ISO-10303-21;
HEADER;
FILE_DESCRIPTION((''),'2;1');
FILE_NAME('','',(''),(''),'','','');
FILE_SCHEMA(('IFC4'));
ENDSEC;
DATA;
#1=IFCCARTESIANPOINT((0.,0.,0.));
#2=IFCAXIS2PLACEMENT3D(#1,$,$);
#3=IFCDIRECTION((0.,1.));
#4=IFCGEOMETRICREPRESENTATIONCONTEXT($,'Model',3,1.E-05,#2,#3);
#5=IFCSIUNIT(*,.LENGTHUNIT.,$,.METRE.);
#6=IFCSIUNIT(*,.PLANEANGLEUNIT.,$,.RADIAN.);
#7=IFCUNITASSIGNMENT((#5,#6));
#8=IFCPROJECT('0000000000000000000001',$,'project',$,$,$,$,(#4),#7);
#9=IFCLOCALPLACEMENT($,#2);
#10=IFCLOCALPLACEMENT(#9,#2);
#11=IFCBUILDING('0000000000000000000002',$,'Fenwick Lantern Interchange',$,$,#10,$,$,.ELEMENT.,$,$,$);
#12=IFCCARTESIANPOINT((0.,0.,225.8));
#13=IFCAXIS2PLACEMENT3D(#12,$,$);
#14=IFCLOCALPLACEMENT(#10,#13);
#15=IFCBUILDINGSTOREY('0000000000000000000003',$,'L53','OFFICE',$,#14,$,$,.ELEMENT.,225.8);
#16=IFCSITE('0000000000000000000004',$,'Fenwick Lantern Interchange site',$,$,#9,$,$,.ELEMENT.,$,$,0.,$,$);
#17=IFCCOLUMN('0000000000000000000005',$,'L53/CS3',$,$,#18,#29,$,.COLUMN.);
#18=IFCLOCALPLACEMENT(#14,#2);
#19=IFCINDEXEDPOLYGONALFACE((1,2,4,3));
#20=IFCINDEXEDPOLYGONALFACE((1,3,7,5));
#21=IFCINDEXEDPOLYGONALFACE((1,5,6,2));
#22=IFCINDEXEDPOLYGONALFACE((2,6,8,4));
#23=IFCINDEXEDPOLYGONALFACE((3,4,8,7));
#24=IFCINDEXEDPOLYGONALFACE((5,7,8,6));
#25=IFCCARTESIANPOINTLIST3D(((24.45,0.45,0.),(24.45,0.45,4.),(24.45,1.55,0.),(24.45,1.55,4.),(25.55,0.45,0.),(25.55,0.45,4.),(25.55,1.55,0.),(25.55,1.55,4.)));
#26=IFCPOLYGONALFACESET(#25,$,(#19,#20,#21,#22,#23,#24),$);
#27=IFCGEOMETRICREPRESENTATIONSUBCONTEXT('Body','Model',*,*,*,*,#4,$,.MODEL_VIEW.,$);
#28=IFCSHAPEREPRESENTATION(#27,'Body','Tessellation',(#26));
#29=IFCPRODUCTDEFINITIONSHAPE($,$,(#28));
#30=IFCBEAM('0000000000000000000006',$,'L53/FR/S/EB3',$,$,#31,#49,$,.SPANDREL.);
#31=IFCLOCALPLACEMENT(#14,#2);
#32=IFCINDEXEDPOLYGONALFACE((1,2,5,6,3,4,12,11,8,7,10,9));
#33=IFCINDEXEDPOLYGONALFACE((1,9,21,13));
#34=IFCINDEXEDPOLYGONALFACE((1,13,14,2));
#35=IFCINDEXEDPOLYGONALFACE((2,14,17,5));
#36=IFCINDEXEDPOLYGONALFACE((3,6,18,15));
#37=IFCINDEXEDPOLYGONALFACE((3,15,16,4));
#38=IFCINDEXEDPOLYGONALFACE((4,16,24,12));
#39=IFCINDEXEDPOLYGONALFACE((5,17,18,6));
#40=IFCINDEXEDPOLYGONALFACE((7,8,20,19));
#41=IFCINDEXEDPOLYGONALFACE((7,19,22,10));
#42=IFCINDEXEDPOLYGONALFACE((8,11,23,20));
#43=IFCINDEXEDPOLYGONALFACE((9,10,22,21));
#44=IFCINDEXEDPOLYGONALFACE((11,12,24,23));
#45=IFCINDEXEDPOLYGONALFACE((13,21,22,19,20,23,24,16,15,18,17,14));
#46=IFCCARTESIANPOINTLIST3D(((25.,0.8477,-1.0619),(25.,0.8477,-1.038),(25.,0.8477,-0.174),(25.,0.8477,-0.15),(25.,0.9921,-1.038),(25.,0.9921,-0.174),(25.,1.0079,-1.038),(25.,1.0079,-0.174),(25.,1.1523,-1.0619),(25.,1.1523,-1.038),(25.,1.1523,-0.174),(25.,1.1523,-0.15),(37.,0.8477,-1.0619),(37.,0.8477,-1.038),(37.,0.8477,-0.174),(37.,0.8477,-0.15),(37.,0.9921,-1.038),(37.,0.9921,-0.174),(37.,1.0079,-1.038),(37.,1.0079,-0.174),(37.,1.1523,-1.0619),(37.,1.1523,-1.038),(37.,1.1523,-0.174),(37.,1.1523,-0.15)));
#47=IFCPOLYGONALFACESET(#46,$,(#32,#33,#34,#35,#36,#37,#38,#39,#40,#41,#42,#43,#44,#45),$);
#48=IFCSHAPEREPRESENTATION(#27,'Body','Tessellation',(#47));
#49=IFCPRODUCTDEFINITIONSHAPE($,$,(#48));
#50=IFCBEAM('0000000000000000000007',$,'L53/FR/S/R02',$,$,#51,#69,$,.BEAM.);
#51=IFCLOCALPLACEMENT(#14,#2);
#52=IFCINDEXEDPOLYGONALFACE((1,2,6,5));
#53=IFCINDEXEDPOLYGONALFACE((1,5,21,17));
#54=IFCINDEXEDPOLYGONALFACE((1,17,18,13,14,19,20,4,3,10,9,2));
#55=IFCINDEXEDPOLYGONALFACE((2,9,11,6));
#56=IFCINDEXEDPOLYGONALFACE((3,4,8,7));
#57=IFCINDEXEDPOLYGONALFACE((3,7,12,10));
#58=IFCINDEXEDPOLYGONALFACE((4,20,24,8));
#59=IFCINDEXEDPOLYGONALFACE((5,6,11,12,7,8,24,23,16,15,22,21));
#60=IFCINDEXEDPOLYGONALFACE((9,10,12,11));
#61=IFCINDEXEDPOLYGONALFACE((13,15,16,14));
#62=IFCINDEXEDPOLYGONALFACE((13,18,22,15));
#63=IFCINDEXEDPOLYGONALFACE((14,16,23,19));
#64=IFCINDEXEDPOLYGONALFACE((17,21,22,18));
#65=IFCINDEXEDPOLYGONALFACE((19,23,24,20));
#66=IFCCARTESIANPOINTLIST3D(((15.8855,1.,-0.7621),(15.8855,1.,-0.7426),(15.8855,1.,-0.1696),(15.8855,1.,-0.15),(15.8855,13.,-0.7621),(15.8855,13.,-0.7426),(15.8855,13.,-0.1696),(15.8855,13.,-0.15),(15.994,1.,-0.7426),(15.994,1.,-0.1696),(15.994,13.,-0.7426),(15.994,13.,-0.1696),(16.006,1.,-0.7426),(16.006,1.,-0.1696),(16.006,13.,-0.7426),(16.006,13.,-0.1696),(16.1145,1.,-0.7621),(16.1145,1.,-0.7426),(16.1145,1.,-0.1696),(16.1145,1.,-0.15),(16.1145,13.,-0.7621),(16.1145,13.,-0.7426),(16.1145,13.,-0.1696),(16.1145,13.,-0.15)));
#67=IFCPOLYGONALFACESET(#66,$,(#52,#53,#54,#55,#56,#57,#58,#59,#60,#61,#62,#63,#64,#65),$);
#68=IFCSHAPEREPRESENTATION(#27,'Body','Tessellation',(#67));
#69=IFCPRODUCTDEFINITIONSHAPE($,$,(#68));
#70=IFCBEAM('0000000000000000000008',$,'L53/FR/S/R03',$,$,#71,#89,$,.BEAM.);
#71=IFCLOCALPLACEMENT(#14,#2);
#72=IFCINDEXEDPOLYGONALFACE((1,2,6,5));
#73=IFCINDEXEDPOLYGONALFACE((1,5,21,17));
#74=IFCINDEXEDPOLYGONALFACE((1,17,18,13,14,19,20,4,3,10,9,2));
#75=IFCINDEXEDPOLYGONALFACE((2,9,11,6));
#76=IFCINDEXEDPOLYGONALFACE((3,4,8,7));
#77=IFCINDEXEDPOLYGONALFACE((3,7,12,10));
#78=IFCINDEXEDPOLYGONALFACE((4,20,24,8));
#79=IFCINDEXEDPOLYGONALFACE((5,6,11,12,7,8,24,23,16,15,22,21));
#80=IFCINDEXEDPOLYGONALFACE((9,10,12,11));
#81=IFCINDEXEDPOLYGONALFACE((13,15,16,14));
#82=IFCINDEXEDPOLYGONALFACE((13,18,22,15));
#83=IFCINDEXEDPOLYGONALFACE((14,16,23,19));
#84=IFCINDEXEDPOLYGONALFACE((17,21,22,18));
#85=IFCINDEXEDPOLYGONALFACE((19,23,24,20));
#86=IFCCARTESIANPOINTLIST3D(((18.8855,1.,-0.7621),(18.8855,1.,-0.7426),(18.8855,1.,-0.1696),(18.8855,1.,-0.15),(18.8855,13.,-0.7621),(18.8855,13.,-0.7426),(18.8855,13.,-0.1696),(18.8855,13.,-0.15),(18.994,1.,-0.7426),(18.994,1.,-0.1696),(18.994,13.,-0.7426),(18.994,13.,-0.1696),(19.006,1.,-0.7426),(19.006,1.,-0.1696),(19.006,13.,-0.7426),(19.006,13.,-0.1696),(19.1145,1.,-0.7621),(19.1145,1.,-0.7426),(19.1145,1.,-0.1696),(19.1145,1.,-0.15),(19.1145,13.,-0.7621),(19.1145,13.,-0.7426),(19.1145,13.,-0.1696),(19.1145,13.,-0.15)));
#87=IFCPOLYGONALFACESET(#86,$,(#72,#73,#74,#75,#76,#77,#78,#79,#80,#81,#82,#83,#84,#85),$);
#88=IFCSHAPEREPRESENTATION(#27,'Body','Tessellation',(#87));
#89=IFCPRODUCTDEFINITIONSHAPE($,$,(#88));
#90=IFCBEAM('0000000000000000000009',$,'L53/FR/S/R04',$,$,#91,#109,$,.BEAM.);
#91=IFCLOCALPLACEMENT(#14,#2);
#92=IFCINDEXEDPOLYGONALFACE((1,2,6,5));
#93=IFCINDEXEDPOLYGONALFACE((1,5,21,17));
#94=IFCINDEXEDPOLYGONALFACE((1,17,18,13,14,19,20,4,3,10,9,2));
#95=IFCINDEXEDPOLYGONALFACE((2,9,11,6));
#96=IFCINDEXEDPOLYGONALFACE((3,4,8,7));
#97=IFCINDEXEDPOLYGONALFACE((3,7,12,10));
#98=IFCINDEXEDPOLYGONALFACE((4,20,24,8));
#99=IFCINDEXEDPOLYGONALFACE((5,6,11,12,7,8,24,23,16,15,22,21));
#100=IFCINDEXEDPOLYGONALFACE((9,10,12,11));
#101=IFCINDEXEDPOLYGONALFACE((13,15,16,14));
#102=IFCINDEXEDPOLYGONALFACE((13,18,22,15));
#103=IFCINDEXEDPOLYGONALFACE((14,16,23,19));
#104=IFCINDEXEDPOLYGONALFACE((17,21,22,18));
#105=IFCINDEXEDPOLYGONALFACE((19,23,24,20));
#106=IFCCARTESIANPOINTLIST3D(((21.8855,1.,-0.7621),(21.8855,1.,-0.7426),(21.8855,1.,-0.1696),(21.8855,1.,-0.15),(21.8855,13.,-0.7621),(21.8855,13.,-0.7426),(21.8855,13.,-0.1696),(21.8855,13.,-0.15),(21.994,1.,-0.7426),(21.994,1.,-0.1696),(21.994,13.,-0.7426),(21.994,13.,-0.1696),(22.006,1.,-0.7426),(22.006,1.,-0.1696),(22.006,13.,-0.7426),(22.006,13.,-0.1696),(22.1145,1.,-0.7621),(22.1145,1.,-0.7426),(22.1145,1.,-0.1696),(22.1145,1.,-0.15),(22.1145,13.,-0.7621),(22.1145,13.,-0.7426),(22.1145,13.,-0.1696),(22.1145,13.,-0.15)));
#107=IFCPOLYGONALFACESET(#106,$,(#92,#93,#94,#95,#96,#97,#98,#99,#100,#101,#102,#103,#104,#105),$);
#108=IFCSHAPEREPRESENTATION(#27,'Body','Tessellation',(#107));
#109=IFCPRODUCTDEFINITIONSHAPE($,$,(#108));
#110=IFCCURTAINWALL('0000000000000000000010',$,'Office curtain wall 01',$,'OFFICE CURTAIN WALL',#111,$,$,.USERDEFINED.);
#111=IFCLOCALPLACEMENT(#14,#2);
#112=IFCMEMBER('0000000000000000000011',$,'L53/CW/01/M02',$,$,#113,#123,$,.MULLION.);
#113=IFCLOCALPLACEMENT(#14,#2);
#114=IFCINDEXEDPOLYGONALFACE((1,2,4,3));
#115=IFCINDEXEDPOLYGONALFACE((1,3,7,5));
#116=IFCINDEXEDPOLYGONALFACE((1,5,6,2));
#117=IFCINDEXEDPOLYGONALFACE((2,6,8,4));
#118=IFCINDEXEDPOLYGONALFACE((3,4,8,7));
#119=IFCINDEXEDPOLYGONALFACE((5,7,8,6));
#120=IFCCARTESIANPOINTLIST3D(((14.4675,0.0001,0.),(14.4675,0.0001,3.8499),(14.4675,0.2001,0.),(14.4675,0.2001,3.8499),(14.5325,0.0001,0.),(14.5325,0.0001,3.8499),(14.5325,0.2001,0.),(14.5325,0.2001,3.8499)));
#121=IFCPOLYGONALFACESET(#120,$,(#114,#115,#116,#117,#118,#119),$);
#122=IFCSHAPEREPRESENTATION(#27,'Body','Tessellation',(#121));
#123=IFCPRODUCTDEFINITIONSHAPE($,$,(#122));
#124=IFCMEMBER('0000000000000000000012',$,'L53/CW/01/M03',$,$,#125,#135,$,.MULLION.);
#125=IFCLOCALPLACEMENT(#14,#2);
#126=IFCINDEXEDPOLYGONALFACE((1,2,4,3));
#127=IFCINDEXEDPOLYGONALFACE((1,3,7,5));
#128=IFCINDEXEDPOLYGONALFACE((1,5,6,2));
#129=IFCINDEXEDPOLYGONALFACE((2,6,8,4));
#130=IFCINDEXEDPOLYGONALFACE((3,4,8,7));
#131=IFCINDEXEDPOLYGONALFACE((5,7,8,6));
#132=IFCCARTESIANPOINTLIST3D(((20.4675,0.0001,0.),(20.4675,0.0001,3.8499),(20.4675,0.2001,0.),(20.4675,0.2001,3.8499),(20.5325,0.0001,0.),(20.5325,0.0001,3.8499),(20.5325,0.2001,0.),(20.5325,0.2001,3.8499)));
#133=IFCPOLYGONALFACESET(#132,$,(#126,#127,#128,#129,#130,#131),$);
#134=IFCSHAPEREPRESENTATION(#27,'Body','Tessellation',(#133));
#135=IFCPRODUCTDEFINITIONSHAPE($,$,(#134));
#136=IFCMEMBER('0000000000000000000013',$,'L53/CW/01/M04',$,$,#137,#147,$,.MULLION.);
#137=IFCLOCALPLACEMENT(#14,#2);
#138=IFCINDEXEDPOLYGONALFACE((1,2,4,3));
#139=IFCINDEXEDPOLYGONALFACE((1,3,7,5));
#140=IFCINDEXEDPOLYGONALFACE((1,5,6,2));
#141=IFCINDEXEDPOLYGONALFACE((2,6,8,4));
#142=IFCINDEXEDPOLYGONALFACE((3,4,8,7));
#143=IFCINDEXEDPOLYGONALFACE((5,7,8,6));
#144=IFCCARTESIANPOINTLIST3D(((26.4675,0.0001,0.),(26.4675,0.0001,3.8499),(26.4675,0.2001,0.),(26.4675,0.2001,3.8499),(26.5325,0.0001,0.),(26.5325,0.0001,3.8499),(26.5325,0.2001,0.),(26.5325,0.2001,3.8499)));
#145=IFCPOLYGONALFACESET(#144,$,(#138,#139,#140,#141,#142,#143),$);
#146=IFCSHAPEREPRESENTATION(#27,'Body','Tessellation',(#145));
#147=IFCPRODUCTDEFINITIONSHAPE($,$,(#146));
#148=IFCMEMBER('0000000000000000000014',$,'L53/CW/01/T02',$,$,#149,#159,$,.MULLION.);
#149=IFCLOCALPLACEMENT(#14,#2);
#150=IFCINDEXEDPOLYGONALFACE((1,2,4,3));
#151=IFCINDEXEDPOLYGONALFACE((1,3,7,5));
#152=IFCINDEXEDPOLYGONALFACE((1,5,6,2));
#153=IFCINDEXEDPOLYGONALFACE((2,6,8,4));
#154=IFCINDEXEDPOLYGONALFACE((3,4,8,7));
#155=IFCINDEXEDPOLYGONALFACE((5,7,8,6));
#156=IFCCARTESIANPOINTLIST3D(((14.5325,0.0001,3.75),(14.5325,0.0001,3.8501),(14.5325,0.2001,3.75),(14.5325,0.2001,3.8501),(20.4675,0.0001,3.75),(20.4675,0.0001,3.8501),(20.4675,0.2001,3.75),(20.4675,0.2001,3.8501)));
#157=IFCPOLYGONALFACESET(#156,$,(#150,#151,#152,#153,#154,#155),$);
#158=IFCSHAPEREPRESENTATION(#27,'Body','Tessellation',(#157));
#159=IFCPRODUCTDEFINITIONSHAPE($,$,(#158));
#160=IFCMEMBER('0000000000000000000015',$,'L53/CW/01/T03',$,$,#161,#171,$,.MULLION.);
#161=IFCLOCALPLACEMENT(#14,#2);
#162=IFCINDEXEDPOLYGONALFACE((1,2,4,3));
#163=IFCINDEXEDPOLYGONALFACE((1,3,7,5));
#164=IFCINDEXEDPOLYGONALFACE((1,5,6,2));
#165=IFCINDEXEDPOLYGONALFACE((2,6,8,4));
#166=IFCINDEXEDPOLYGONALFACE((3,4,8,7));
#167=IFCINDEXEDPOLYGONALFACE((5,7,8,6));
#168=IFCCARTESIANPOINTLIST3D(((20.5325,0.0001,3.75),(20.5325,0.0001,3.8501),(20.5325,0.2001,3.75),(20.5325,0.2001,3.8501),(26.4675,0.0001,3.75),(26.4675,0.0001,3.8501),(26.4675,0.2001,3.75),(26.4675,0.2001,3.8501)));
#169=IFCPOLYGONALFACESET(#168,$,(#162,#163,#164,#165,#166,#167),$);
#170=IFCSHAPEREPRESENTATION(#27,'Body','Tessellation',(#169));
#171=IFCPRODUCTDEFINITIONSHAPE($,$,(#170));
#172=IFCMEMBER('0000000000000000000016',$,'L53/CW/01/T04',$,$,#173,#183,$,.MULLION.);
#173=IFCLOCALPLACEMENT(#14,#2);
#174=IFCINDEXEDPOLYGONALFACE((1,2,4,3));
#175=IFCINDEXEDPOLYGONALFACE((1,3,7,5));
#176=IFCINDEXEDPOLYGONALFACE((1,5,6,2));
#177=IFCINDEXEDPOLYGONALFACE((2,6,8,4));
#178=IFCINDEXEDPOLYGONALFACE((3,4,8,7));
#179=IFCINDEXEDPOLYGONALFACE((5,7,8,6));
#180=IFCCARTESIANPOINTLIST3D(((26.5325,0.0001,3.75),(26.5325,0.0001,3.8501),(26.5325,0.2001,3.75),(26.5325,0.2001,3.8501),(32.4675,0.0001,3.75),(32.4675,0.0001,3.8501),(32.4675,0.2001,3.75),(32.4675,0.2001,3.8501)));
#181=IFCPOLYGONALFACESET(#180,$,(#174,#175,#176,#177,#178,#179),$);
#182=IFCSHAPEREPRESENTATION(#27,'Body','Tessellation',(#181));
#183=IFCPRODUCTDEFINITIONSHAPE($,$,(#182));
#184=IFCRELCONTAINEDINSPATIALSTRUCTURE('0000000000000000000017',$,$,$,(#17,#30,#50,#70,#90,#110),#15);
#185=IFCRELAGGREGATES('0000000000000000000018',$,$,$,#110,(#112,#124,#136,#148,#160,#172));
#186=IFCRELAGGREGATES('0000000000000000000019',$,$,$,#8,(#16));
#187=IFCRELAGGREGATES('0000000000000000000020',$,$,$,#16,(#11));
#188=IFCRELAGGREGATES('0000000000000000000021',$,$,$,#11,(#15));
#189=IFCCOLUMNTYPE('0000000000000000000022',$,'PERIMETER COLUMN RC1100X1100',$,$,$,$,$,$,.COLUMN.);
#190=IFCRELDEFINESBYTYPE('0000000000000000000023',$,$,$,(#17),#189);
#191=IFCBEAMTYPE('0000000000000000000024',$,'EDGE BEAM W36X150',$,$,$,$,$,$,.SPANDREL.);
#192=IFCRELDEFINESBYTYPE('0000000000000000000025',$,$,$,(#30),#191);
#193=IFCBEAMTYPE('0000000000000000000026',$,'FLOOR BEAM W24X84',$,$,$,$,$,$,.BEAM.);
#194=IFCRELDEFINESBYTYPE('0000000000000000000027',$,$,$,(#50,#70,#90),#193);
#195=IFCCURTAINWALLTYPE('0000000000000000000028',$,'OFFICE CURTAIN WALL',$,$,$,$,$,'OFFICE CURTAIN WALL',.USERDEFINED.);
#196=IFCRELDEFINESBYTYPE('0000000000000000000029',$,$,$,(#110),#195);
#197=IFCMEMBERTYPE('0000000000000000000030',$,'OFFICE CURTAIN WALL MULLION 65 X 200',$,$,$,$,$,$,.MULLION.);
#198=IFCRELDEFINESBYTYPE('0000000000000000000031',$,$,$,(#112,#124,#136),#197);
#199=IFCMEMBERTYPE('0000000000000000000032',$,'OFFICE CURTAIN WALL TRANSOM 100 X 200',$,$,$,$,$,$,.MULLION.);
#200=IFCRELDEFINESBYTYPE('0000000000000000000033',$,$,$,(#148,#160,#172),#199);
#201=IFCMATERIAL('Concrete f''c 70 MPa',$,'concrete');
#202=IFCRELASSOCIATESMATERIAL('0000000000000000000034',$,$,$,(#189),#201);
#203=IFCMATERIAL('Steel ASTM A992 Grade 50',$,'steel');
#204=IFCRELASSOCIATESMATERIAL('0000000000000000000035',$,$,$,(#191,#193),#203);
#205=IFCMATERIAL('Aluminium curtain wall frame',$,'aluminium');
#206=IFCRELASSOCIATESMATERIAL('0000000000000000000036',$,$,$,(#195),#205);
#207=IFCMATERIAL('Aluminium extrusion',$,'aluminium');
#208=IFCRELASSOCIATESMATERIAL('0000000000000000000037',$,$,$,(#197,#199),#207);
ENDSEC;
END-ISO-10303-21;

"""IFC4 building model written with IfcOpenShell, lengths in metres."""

from ifc_helpers import new_model, si_unit, direction, frame, origin, origin_2d, place, context, subcontext, project, spatial, rectangle, i_section, extrude, material, material_profile, profile_set, type_object, element, aggregate, save


model = new_model("IFC4")

# Units and contexts
model_context = context("Model", 3, precision=1e-05, world=origin(), true_north=direction((0.0, 1.0)))
body_context = subcontext(model_context, "Body", "Model", "MODEL_VIEW")
ifc_project = project(units=[si_unit("LENGTHUNIT", "METRE"), si_unit("PLANEANGLEUNIT", "RADIAN")], contexts=[model_context])

# Site, building, storey
site_placement = place(None, origin())
site = spatial("IfcSite", under=ifc_project, at=site_placement, Name="Fenwick Lantern Interchange site", CompositionType="ELEMENT", RefElevation=0.0)
building_placement = place(site_placement, origin())
building = spatial("IfcBuilding", under=site, at=building_placement, Name="Fenwick Lantern Interchange", CompositionType="ELEMENT")
storey_placement = place(building_placement, frame((0.0, 0.0, 225.8)))
storey = spatial("IfcBuildingStorey", under=building, at=storey_placement, Name="L53", Description="OFFICE", CompositionType="ELEMENT", Elevation=225.8)

# Column
ifc_material_1 = material(Name="Concrete f'c 70 MPa", Category="concrete")
ifc_material_profile_1 = material_profile(ifc_material_1, rectangle(XDim=1.1001, YDim=1.1001, at=origin_2d()), Name="RC1100X1100")
ifc_profile_set_1 = profile_set([ifc_material_profile_1], Name="Concrete f'c 70 MPa")
column_type = type_object("IfcColumnType", Name="PERIMETER COLUMN RC1100X1100", PredefinedType="COLUMN", material=ifc_profile_set_1)
column_placement = place(storey_placement, frame((25.0, 1.0, 0.0), z_axis=(0.0, 0.0, 1.0), x_axis=(1.0, 0.0, 0.0)))
element("IfcColumn", 1, at=column_placement, inside=storey, type_object=column_type, Name="L53/CS3", PredefinedType="COLUMN", context=body_context, shape_type="SweptSolid", body=[
    extrude(rectangle(XDim=1.1001, YDim=1.1001, at=origin_2d()), origin(), (0.0, 0.0, 1.0), 4.0),
])

# Beams
ifc_material_2 = material(Name="Steel ASTM A992 Grade 50", Category="steel")
ifc_material_profile_2 = material_profile(ifc_material_2, i_section(OverallWidth=0.3047, OverallDepth=0.9119, WebThickness=0.0159, FlangeThickness=0.0239, at=origin_2d()), Name="W36X150")
ifc_profile_set_2 = profile_set([ifc_material_profile_2], Name="Steel ASTM A992 Grade 50")
beam_type_1 = type_object("IfcBeamType", Name="EDGE BEAM W36X150", PredefinedType="SPANDREL", material=ifc_profile_set_2)
beam_placement = place(storey_placement, frame((25.0, 1.0, -0.606), z_axis=(1.0, 0.0, 0.0), x_axis=(0.0, 1.0, 0.0)))
element("IfcBeam", 2, at=beam_placement, inside=storey, type_object=beam_type_1, Name="L53/FR/S/EB3", PredefinedType="SPANDREL", context=body_context, shape_type="SweptSolid", body=[
    extrude(i_section(OverallWidth=0.3047, OverallDepth=0.9119, WebThickness=0.0159, FlangeThickness=0.0239, at=origin_2d()), origin(), (0.0, 0.0, 1.0), 12.0),
])
ifc_material_profile_3 = material_profile(ifc_material_2, i_section(OverallWidth=0.229, OverallDepth=0.6121, WebThickness=0.012, FlangeThickness=0.0195, at=origin_2d()), Name="W24X84")
ifc_profile_set_3 = profile_set([ifc_material_profile_3], Name="Steel ASTM A992 Grade 50")
beam_type_2 = type_object("IfcBeamType", Name="FLOOR BEAM W24X84", PredefinedType="BEAM", material=ifc_profile_set_3)
for number, where, z_axis, x_axis, name in (
    (3, (16.0, 1.0, -0.4561), (0.0, 1.0, 0.0), (-1.0, 0.0, 0.0), "L53/FR/S/R02"),
    (4, (19.0, 1.0, -0.4561), (0.0, 1.0, 0.0), (-1.0, 0.0, 0.0), "L53/FR/S/R03"),
    (5, (22.0, 1.0, -0.4561), (0.0, 1.0, 0.0), (-1.0, 0.0, 0.0), "L53/FR/S/R04"),
):
    element("IfcBeam", number, at=place(storey_placement, frame(where, z_axis=z_axis, x_axis=x_axis)), inside=storey, type_object=beam_type_2, Name=name, PredefinedType="BEAM", context=body_context, shape_type="SweptSolid", body=[
        extrude(i_section(OverallWidth=0.229, OverallDepth=0.6121, WebThickness=0.012, FlangeThickness=0.0195, at=origin_2d()), origin(), (0.0, 0.0, 1.0), 12.0),
    ])

# Curtain wall, members
ifc_material_3 = material(Name="Aluminium curtain wall frame", Category="aluminium")
curtain_wall_type = type_object("IfcCurtainWallType", Name="OFFICE CURTAIN WALL", ElementType="OFFICE CURTAIN WALL", PredefinedType="USERDEFINED", material=ifc_material_3)
curtain_wall_placement = place(storey_placement, origin())
curtain_wall = element("IfcCurtainWall", 6, at=curtain_wall_placement, inside=storey, type_object=curtain_wall_type, Name="Office curtain wall 01", ObjectType="OFFICE CURTAIN WALL", PredefinedType="USERDEFINED")
ifc_material_4 = material(Name="Aluminium extrusion", Category="aluminium")
ifc_material_profile_4 = material_profile(ifc_material_4, rectangle(XDim=0.2, YDim=0.0649, at=origin_2d()), Name="OFFICE CURTAIN WALL MULLION 65 X 200")
ifc_profile_set_4 = profile_set([ifc_material_profile_4], Name="Aluminium extrusion")
member_type_1 = type_object("IfcMemberType", Name="OFFICE CURTAIN WALL MULLION 65 X 200", PredefinedType="MULLION", material=ifc_profile_set_4)
member_1_placement = place(storey_placement, frame((14.5, 0.1001, 0.0), z_axis=(0.0, 0.0, 1.0), x_axis=(0.0, 1.0, 0.0)))
member_1 = element("IfcMember", 7, at=member_1_placement, type_object=member_type_1, Name="L53/CW/01/M02", PredefinedType="MULLION", context=body_context, shape_type="SweptSolid", body=[
    extrude(rectangle(XDim=0.2, YDim=0.0649, at=origin_2d()), origin(), (0.0, 0.0, 1.0), 3.8499),
])
member_2_placement = place(storey_placement, frame((20.5, 0.1001, 0.0), z_axis=(0.0, 0.0, 1.0), x_axis=(0.0, 1.0, 0.0)))
member_2 = element("IfcMember", 8, at=member_2_placement, type_object=member_type_1, Name="L53/CW/01/M03", PredefinedType="MULLION", context=body_context, shape_type="SweptSolid", body=[
    extrude(rectangle(XDim=0.2, YDim=0.0649, at=origin_2d()), origin(), (0.0, 0.0, 1.0), 3.8499),
])
member_3_placement = place(storey_placement, frame((26.5, 0.1001, 0.0), z_axis=(0.0, 0.0, 1.0), x_axis=(0.0, 1.0, 0.0)))
member_3 = element("IfcMember", 9, at=member_3_placement, type_object=member_type_1, Name="L53/CW/01/M04", PredefinedType="MULLION", context=body_context, shape_type="SweptSolid", body=[
    extrude(rectangle(XDim=0.2, YDim=0.0649, at=origin_2d()), origin(), (0.0, 0.0, 1.0), 3.8499),
])
ifc_material_profile_5 = material_profile(ifc_material_4, rectangle(XDim=0.2, YDim=0.1001, at=origin_2d()), Name="OFFICE CURTAIN WALL TRANSOM 100 X 200")
ifc_profile_set_5 = profile_set([ifc_material_profile_5], Name="Aluminium extrusion")
member_type_2 = type_object("IfcMemberType", Name="OFFICE CURTAIN WALL TRANSOM 100 X 200", PredefinedType="MULLION", material=ifc_profile_set_5)
member_4_placement = place(storey_placement, frame((14.5325, 0.1001, 3.8), z_axis=(1.0, 0.0, 0.0), x_axis=(0.0, 1.0, 0.0)))
member_4 = element("IfcMember", 10, at=member_4_placement, type_object=member_type_2, Name="L53/CW/01/T02", PredefinedType="MULLION", context=body_context, shape_type="SweptSolid", body=[
    extrude(rectangle(XDim=0.2, YDim=0.1001, at=origin_2d()), origin(), (0.0, 0.0, 1.0), 5.9351),
])
member_5_placement = place(storey_placement, frame((20.5325, 0.1001, 3.8), z_axis=(1.0, 0.0, 0.0), x_axis=(0.0, 1.0, 0.0)))
member_5 = element("IfcMember", 11, at=member_5_placement, type_object=member_type_2, Name="L53/CW/01/T03", PredefinedType="MULLION", context=body_context, shape_type="SweptSolid", body=[
    extrude(rectangle(XDim=0.2, YDim=0.1001, at=origin_2d()), origin(), (0.0, 0.0, 1.0), 5.9351),
])
member_6_placement = place(storey_placement, frame((26.5325, 0.1001, 3.8), z_axis=(1.0, 0.0, 0.0), x_axis=(0.0, 1.0, 0.0)))
member_6 = element("IfcMember", 12, at=member_6_placement, type_object=member_type_2, Name="L53/CW/01/T04", PredefinedType="MULLION", context=body_context, shape_type="SweptSolid", body=[
    extrude(rectangle(XDim=0.2, YDim=0.1001, at=origin_2d()), origin(), (0.0, 0.0, 1.0), 5.9351),
])
aggregate(curtain_wall, [member_1, member_2, member_3, member_4, member_5, member_6])

save(model, "model.ifc")
